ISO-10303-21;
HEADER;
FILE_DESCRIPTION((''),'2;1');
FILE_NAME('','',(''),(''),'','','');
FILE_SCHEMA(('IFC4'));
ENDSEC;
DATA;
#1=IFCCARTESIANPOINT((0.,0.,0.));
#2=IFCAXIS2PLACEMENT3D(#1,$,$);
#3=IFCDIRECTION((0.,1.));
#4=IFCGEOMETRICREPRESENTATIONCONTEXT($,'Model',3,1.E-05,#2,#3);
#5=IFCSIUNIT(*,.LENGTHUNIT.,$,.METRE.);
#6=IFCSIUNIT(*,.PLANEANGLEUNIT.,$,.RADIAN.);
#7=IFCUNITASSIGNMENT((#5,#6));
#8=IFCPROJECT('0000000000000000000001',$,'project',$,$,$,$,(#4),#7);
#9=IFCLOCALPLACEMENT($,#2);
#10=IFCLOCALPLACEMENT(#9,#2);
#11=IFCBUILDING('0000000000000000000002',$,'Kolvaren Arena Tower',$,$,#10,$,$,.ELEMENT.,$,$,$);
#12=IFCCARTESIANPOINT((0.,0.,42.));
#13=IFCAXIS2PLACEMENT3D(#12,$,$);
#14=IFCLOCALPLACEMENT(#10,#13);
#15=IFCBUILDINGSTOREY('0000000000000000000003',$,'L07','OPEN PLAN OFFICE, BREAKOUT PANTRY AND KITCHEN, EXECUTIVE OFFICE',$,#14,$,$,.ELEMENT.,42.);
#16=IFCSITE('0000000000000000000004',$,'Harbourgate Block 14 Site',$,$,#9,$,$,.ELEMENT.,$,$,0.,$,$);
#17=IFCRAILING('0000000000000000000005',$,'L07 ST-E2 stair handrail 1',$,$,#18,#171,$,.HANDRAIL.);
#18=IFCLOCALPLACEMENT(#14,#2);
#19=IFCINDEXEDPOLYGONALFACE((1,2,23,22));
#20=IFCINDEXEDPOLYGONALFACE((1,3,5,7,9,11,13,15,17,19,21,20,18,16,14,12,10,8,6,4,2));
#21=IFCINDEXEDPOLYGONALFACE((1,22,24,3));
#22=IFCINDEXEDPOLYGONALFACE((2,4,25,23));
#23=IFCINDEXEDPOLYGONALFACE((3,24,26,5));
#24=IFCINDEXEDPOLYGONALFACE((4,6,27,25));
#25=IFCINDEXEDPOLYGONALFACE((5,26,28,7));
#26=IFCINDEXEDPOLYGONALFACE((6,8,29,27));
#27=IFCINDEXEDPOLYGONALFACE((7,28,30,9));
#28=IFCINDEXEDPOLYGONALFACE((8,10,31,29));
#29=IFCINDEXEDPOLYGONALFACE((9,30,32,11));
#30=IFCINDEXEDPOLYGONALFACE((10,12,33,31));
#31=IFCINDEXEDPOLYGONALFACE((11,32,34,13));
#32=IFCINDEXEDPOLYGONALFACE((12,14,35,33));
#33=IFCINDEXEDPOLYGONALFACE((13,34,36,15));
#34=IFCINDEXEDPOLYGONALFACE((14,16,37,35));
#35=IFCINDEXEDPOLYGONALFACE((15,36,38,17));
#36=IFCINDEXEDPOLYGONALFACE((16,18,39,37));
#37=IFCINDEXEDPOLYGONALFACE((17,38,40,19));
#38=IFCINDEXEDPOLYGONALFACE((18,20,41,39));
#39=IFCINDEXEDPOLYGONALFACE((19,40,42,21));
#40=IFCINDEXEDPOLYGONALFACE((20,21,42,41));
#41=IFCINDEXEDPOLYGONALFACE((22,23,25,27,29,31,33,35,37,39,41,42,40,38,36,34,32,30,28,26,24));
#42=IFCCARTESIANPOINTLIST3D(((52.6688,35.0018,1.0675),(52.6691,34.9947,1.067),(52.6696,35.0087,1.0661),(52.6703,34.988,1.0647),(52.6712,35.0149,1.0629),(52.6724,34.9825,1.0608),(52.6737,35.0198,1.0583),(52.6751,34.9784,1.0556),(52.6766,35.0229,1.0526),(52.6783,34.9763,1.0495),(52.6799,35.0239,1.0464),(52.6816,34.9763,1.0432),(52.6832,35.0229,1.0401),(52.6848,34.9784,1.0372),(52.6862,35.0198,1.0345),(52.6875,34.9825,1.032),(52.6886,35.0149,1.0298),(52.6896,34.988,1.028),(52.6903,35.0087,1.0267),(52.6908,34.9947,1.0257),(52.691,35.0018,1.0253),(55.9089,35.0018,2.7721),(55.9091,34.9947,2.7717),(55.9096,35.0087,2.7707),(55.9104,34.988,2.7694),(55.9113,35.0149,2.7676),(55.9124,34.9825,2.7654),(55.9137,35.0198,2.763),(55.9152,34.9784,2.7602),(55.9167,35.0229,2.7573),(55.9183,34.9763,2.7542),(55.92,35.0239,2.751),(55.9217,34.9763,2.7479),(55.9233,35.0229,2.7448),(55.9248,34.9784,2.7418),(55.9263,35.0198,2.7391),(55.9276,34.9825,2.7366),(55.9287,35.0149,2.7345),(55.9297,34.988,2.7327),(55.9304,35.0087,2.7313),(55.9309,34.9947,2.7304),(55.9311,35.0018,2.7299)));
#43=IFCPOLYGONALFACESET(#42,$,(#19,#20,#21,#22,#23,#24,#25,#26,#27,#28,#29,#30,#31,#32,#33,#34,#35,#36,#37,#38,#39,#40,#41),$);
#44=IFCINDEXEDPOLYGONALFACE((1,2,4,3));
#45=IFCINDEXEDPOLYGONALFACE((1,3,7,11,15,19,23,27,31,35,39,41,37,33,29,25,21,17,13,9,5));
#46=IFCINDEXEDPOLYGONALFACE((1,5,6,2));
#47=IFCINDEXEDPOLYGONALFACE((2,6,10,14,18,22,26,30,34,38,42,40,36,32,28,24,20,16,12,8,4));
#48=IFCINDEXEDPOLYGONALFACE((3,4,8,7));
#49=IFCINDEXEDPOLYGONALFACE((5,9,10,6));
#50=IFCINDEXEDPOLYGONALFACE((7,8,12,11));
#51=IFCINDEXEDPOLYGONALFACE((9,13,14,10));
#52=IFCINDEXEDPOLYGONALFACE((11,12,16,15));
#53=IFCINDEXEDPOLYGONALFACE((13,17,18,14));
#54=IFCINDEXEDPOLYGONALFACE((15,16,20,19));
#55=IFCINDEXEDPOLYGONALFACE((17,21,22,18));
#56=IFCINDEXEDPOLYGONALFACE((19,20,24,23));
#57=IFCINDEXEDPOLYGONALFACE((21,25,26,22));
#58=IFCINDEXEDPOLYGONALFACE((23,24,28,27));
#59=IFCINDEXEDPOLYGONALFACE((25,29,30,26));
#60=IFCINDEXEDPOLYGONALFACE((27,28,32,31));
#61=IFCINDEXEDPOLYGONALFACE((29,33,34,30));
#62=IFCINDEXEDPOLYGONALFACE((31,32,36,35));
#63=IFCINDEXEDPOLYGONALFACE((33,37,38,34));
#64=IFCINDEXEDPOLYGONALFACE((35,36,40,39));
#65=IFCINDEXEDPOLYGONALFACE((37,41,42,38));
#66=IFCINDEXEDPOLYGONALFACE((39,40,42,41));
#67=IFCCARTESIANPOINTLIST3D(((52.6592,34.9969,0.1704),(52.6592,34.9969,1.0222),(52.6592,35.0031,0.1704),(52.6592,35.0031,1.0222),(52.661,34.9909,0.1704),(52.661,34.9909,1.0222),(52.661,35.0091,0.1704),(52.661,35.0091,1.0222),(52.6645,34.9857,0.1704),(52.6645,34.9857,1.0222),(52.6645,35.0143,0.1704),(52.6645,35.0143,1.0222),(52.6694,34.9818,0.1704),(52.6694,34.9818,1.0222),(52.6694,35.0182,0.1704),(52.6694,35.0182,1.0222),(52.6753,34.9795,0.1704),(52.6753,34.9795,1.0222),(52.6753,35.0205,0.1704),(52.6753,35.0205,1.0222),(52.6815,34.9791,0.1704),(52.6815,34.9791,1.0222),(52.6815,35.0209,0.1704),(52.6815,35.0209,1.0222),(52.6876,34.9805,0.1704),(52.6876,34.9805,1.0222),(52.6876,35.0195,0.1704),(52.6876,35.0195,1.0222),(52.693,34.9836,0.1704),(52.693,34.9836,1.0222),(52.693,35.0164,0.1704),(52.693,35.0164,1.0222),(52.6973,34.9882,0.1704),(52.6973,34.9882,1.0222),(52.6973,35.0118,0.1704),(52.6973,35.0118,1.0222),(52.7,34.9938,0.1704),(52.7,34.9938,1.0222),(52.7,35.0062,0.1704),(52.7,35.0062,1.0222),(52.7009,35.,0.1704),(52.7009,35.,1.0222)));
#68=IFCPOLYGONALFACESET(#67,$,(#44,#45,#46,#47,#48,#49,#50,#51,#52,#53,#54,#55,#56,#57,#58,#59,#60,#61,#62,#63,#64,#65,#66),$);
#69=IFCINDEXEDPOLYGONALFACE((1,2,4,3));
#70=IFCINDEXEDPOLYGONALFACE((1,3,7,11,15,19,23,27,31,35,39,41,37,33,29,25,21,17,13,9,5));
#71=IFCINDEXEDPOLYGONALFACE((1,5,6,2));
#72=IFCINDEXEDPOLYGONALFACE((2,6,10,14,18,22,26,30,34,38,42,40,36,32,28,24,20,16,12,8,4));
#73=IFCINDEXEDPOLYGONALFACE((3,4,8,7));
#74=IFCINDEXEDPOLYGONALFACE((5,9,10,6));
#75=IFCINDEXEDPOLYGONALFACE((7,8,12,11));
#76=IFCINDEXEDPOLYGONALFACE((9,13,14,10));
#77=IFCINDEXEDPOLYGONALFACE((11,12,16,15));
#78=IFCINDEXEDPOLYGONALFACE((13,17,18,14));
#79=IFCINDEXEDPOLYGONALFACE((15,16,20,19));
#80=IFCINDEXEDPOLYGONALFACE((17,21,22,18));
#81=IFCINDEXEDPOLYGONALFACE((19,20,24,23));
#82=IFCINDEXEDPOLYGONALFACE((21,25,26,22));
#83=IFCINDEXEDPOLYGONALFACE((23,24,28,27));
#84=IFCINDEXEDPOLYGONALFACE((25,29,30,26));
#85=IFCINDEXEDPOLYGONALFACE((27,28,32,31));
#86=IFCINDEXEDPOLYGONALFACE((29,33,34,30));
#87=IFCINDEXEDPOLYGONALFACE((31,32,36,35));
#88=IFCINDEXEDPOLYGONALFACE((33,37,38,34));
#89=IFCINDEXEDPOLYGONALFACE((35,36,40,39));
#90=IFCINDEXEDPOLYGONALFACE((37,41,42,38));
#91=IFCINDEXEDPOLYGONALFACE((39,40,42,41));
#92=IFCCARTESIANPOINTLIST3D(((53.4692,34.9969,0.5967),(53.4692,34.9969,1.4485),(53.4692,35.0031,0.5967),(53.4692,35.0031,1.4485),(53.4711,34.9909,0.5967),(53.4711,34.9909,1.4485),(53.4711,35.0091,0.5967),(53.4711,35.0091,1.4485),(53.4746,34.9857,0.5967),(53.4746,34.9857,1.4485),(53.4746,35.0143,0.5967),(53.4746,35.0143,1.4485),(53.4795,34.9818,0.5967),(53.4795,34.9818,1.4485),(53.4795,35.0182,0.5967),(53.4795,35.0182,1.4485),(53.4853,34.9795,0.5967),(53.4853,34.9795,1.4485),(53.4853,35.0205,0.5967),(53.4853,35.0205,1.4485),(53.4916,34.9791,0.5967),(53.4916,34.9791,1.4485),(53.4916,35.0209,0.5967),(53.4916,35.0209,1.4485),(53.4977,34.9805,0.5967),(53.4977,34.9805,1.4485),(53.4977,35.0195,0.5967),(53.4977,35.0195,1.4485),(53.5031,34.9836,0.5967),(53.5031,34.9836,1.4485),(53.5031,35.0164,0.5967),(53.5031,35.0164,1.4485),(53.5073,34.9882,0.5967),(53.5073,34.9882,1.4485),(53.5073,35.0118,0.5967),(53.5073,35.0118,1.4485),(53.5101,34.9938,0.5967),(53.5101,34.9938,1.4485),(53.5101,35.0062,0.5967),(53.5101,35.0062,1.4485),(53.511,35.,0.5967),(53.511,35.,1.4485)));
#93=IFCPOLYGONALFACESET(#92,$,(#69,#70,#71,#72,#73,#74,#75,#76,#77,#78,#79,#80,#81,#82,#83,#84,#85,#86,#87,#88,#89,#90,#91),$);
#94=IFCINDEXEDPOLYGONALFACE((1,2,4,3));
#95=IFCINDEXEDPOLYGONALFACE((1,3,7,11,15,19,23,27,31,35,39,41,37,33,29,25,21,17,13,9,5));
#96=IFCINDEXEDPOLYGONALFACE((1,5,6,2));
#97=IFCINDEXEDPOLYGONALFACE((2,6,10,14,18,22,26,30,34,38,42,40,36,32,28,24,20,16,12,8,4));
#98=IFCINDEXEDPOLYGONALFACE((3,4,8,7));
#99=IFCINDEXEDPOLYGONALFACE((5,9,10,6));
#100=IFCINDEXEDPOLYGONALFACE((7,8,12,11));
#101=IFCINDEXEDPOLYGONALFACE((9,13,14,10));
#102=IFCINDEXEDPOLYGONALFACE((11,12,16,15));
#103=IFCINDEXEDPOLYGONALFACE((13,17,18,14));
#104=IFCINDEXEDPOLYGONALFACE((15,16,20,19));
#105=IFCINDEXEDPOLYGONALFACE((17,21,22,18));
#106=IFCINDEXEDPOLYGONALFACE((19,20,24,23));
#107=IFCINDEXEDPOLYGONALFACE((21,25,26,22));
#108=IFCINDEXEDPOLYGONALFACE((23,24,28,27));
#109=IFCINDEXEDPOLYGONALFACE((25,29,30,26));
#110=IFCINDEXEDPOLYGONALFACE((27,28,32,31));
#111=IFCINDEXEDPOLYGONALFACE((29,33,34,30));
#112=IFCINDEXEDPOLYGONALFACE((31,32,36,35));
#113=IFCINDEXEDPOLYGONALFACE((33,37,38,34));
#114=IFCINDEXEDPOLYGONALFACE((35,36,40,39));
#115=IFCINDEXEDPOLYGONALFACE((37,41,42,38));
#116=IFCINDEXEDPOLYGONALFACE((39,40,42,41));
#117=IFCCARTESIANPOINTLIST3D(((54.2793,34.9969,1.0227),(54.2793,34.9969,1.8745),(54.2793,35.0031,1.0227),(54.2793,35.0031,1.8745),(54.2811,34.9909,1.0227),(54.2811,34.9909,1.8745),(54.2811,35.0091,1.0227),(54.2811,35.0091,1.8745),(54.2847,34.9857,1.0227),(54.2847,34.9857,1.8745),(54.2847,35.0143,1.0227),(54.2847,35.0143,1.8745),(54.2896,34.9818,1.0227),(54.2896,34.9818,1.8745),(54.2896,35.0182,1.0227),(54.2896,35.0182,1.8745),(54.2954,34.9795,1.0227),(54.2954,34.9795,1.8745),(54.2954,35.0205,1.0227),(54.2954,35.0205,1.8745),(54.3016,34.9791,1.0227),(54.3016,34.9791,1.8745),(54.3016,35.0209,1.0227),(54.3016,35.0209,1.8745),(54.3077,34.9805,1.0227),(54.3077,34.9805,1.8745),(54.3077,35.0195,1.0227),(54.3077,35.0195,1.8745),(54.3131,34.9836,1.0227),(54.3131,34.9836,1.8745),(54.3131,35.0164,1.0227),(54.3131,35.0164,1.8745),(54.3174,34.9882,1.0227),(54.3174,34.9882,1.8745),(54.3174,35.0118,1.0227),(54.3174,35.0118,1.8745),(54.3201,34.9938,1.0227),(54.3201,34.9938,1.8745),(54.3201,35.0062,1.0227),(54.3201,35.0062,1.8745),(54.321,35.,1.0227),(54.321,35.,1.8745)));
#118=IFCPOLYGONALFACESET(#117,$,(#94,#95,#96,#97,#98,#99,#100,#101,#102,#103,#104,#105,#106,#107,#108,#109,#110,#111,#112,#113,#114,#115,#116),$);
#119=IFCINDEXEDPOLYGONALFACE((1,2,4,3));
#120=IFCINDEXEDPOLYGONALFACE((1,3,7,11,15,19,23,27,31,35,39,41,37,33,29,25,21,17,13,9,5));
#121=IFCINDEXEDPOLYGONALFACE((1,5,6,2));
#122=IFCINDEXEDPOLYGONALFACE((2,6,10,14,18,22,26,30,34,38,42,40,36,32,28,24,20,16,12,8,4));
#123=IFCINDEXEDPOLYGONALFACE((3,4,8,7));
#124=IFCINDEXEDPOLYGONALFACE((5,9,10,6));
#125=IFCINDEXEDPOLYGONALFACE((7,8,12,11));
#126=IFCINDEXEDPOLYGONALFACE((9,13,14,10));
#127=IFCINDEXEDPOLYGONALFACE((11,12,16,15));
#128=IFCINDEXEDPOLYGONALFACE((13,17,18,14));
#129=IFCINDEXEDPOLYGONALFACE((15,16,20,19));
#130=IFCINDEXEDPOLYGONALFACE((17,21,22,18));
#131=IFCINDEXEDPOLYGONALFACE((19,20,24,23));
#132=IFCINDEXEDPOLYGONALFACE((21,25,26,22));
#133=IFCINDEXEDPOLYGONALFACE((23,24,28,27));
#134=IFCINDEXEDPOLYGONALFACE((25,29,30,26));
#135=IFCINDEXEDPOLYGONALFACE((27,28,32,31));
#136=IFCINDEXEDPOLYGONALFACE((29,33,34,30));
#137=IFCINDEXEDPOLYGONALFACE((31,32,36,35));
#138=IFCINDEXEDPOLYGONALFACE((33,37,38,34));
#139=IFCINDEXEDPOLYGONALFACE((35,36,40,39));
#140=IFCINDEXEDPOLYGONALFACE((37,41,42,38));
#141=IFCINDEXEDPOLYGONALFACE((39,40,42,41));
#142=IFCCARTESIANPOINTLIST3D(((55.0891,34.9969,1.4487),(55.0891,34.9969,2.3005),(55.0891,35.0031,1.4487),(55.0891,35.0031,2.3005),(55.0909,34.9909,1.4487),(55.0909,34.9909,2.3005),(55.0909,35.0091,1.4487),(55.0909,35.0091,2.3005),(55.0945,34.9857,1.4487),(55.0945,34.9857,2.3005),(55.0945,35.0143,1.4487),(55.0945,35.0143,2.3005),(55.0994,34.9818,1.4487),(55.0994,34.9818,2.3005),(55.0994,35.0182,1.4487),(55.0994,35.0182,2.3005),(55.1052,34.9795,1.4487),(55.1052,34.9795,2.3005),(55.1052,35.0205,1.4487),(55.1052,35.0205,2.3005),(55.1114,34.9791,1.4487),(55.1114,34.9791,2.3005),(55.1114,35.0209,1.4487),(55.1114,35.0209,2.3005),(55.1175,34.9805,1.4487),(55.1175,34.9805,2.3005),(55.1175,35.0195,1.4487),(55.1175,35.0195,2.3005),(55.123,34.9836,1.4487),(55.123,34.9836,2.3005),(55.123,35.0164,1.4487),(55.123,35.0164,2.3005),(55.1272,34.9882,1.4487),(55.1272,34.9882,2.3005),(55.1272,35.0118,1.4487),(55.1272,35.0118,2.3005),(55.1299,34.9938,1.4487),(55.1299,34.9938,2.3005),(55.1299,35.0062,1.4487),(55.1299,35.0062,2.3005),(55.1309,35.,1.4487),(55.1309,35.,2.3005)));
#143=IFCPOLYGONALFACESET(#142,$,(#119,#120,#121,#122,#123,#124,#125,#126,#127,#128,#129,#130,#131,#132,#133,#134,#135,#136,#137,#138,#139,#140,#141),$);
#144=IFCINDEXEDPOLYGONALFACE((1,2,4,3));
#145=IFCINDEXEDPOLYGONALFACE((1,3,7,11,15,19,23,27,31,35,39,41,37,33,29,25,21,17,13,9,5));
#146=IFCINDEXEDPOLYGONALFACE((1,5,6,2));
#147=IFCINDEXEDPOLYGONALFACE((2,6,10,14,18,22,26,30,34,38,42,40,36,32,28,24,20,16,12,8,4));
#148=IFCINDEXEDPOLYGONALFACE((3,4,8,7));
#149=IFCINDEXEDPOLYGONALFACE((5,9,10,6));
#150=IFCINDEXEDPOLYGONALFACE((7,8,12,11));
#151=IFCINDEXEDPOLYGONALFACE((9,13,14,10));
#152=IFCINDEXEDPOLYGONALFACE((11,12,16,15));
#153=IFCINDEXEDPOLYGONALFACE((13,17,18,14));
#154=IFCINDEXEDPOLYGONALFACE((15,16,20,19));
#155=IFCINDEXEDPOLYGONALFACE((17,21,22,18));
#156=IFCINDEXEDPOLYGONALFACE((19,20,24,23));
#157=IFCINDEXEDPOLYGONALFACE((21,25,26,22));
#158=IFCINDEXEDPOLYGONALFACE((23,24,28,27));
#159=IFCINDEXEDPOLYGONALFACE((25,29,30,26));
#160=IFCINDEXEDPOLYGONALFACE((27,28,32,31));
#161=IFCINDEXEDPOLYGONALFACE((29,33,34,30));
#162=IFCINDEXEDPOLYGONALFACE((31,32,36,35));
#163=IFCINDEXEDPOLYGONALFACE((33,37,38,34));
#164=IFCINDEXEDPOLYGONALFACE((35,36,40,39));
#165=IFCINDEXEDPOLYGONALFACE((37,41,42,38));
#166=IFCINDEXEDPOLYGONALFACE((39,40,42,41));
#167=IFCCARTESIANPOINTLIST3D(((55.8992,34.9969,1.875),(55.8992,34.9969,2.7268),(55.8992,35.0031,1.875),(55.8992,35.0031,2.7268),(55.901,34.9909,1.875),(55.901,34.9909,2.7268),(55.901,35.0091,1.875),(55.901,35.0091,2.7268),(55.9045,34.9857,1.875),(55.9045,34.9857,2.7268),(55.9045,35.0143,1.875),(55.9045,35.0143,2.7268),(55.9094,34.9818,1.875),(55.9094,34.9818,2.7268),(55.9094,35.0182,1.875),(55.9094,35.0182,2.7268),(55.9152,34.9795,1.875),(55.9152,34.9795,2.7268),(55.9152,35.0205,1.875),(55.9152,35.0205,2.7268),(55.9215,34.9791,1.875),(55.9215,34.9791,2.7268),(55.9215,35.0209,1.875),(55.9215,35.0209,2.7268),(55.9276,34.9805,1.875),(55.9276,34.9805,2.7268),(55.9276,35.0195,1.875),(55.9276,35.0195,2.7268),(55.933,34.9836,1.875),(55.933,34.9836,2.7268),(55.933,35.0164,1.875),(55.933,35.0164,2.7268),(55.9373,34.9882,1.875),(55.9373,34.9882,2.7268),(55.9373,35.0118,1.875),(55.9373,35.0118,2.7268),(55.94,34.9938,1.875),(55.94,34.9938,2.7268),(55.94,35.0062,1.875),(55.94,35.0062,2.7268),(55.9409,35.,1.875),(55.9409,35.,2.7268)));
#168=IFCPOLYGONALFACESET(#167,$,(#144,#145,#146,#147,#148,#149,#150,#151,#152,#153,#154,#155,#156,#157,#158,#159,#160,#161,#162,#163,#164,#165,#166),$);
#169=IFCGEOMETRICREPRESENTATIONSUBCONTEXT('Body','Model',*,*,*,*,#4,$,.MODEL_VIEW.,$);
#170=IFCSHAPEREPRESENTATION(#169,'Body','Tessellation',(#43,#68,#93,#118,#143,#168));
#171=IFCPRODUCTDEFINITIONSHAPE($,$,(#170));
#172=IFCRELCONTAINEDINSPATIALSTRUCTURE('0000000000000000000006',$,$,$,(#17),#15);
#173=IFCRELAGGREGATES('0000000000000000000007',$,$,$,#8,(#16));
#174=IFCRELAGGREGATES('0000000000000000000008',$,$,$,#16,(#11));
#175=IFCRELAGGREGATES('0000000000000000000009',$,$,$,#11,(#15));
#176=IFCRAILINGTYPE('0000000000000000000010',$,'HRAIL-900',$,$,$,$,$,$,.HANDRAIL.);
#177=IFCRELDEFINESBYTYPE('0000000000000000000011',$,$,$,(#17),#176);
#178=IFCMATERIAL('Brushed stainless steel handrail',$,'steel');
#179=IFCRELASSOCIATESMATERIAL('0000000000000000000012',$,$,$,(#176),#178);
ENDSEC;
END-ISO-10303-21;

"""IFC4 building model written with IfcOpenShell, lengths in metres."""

from ifc_helpers import new_model, si_unit, direction, frame, origin, origin_2d, place, context, subcontext, project, spatial, circle, extrude, material, type_object, element, save


model = new_model("IFC4")

# Units and contexts
model_context = context("Model", 3, precision=1e-05, world=origin(), true_north=direction((0.0, 1.0)))
body_context = subcontext(model_context, "Body", "Model", "MODEL_VIEW")
ifc_project = project(units=[si_unit("LENGTHUNIT", "METRE"), si_unit("PLANEANGLEUNIT", "RADIAN")], contexts=[model_context])

# Site, building, storey
site_placement = place(None, origin())
site = spatial("IfcSite", under=ifc_project, at=site_placement, Name="Harbourgate Block 14 Site", CompositionType="ELEMENT", RefElevation=0.0)
building_placement = place(site_placement, origin())
building = spatial("IfcBuilding", under=site, at=building_placement, Name="Kolvaren Arena Tower", CompositionType="ELEMENT")
storey_placement = place(building_placement, frame((0.0, 0.0, 42.0)))
storey = spatial("IfcBuildingStorey", under=building, at=storey_placement, Name="L07", Description="OPEN PLAN OFFICE, BREAKOUT PANTRY AND KITCHEN, EXECUTIVE OFFICE", CompositionType="ELEMENT", Elevation=42.0)

# Railing
ifc_material_1 = material(Name="Brushed stainless steel handrail", Category="steel")
railing_type_1 = type_object("IfcRailingType", Name="HRAIL-900", PredefinedType="HANDRAIL", material=ifc_material_1)
for number, where, name in (
    (1, (52.6799, 35.0, 0.1704), "L07 ST-E2 stair handrail 1"),
):
    element("IfcRailing", number, at=place(storey_placement, frame(where)), inside=storey, type_object=railing_type_1, Name=name, PredefinedType="HANDRAIL", context=body_context, shape_type="SweptSolid", body=[
        extrude(circle(Radius=0.0239, at=origin_2d()), frame((0.0, 0.0, 0.876), z_axis=(0.884993, 0.0, 0.465604), x_axis=(0.0, 1.0, 0.0)), (0.0, 0.0, 1.0), 3.6611),
        extrude(circle(Radius=0.021, at=origin_2d()), origin(), (0.0, 0.0, 1.0), 0.8518),
        extrude(circle(Radius=0.021, at=origin_2d()), frame((0.8101, 0.0, 0.4263)), (0.0, 0.0, 1.0), 0.8518),
        extrude(circle(Radius=0.021, at=origin_2d()), frame((1.6201, 0.0, 0.8523)), (0.0, 0.0, 1.0), 0.8518),
        extrude(circle(Radius=0.021, at=origin_2d()), frame((2.4299, 0.0, 1.2783)), (0.0, 0.0, 1.0), 0.8518),
        extrude(circle(Radius=0.021, at=origin_2d()), frame((3.24, 0.0, 1.7046)), (0.0, 0.0, 1.0), 0.8518),
    ])

save(model, "model.ifc")
